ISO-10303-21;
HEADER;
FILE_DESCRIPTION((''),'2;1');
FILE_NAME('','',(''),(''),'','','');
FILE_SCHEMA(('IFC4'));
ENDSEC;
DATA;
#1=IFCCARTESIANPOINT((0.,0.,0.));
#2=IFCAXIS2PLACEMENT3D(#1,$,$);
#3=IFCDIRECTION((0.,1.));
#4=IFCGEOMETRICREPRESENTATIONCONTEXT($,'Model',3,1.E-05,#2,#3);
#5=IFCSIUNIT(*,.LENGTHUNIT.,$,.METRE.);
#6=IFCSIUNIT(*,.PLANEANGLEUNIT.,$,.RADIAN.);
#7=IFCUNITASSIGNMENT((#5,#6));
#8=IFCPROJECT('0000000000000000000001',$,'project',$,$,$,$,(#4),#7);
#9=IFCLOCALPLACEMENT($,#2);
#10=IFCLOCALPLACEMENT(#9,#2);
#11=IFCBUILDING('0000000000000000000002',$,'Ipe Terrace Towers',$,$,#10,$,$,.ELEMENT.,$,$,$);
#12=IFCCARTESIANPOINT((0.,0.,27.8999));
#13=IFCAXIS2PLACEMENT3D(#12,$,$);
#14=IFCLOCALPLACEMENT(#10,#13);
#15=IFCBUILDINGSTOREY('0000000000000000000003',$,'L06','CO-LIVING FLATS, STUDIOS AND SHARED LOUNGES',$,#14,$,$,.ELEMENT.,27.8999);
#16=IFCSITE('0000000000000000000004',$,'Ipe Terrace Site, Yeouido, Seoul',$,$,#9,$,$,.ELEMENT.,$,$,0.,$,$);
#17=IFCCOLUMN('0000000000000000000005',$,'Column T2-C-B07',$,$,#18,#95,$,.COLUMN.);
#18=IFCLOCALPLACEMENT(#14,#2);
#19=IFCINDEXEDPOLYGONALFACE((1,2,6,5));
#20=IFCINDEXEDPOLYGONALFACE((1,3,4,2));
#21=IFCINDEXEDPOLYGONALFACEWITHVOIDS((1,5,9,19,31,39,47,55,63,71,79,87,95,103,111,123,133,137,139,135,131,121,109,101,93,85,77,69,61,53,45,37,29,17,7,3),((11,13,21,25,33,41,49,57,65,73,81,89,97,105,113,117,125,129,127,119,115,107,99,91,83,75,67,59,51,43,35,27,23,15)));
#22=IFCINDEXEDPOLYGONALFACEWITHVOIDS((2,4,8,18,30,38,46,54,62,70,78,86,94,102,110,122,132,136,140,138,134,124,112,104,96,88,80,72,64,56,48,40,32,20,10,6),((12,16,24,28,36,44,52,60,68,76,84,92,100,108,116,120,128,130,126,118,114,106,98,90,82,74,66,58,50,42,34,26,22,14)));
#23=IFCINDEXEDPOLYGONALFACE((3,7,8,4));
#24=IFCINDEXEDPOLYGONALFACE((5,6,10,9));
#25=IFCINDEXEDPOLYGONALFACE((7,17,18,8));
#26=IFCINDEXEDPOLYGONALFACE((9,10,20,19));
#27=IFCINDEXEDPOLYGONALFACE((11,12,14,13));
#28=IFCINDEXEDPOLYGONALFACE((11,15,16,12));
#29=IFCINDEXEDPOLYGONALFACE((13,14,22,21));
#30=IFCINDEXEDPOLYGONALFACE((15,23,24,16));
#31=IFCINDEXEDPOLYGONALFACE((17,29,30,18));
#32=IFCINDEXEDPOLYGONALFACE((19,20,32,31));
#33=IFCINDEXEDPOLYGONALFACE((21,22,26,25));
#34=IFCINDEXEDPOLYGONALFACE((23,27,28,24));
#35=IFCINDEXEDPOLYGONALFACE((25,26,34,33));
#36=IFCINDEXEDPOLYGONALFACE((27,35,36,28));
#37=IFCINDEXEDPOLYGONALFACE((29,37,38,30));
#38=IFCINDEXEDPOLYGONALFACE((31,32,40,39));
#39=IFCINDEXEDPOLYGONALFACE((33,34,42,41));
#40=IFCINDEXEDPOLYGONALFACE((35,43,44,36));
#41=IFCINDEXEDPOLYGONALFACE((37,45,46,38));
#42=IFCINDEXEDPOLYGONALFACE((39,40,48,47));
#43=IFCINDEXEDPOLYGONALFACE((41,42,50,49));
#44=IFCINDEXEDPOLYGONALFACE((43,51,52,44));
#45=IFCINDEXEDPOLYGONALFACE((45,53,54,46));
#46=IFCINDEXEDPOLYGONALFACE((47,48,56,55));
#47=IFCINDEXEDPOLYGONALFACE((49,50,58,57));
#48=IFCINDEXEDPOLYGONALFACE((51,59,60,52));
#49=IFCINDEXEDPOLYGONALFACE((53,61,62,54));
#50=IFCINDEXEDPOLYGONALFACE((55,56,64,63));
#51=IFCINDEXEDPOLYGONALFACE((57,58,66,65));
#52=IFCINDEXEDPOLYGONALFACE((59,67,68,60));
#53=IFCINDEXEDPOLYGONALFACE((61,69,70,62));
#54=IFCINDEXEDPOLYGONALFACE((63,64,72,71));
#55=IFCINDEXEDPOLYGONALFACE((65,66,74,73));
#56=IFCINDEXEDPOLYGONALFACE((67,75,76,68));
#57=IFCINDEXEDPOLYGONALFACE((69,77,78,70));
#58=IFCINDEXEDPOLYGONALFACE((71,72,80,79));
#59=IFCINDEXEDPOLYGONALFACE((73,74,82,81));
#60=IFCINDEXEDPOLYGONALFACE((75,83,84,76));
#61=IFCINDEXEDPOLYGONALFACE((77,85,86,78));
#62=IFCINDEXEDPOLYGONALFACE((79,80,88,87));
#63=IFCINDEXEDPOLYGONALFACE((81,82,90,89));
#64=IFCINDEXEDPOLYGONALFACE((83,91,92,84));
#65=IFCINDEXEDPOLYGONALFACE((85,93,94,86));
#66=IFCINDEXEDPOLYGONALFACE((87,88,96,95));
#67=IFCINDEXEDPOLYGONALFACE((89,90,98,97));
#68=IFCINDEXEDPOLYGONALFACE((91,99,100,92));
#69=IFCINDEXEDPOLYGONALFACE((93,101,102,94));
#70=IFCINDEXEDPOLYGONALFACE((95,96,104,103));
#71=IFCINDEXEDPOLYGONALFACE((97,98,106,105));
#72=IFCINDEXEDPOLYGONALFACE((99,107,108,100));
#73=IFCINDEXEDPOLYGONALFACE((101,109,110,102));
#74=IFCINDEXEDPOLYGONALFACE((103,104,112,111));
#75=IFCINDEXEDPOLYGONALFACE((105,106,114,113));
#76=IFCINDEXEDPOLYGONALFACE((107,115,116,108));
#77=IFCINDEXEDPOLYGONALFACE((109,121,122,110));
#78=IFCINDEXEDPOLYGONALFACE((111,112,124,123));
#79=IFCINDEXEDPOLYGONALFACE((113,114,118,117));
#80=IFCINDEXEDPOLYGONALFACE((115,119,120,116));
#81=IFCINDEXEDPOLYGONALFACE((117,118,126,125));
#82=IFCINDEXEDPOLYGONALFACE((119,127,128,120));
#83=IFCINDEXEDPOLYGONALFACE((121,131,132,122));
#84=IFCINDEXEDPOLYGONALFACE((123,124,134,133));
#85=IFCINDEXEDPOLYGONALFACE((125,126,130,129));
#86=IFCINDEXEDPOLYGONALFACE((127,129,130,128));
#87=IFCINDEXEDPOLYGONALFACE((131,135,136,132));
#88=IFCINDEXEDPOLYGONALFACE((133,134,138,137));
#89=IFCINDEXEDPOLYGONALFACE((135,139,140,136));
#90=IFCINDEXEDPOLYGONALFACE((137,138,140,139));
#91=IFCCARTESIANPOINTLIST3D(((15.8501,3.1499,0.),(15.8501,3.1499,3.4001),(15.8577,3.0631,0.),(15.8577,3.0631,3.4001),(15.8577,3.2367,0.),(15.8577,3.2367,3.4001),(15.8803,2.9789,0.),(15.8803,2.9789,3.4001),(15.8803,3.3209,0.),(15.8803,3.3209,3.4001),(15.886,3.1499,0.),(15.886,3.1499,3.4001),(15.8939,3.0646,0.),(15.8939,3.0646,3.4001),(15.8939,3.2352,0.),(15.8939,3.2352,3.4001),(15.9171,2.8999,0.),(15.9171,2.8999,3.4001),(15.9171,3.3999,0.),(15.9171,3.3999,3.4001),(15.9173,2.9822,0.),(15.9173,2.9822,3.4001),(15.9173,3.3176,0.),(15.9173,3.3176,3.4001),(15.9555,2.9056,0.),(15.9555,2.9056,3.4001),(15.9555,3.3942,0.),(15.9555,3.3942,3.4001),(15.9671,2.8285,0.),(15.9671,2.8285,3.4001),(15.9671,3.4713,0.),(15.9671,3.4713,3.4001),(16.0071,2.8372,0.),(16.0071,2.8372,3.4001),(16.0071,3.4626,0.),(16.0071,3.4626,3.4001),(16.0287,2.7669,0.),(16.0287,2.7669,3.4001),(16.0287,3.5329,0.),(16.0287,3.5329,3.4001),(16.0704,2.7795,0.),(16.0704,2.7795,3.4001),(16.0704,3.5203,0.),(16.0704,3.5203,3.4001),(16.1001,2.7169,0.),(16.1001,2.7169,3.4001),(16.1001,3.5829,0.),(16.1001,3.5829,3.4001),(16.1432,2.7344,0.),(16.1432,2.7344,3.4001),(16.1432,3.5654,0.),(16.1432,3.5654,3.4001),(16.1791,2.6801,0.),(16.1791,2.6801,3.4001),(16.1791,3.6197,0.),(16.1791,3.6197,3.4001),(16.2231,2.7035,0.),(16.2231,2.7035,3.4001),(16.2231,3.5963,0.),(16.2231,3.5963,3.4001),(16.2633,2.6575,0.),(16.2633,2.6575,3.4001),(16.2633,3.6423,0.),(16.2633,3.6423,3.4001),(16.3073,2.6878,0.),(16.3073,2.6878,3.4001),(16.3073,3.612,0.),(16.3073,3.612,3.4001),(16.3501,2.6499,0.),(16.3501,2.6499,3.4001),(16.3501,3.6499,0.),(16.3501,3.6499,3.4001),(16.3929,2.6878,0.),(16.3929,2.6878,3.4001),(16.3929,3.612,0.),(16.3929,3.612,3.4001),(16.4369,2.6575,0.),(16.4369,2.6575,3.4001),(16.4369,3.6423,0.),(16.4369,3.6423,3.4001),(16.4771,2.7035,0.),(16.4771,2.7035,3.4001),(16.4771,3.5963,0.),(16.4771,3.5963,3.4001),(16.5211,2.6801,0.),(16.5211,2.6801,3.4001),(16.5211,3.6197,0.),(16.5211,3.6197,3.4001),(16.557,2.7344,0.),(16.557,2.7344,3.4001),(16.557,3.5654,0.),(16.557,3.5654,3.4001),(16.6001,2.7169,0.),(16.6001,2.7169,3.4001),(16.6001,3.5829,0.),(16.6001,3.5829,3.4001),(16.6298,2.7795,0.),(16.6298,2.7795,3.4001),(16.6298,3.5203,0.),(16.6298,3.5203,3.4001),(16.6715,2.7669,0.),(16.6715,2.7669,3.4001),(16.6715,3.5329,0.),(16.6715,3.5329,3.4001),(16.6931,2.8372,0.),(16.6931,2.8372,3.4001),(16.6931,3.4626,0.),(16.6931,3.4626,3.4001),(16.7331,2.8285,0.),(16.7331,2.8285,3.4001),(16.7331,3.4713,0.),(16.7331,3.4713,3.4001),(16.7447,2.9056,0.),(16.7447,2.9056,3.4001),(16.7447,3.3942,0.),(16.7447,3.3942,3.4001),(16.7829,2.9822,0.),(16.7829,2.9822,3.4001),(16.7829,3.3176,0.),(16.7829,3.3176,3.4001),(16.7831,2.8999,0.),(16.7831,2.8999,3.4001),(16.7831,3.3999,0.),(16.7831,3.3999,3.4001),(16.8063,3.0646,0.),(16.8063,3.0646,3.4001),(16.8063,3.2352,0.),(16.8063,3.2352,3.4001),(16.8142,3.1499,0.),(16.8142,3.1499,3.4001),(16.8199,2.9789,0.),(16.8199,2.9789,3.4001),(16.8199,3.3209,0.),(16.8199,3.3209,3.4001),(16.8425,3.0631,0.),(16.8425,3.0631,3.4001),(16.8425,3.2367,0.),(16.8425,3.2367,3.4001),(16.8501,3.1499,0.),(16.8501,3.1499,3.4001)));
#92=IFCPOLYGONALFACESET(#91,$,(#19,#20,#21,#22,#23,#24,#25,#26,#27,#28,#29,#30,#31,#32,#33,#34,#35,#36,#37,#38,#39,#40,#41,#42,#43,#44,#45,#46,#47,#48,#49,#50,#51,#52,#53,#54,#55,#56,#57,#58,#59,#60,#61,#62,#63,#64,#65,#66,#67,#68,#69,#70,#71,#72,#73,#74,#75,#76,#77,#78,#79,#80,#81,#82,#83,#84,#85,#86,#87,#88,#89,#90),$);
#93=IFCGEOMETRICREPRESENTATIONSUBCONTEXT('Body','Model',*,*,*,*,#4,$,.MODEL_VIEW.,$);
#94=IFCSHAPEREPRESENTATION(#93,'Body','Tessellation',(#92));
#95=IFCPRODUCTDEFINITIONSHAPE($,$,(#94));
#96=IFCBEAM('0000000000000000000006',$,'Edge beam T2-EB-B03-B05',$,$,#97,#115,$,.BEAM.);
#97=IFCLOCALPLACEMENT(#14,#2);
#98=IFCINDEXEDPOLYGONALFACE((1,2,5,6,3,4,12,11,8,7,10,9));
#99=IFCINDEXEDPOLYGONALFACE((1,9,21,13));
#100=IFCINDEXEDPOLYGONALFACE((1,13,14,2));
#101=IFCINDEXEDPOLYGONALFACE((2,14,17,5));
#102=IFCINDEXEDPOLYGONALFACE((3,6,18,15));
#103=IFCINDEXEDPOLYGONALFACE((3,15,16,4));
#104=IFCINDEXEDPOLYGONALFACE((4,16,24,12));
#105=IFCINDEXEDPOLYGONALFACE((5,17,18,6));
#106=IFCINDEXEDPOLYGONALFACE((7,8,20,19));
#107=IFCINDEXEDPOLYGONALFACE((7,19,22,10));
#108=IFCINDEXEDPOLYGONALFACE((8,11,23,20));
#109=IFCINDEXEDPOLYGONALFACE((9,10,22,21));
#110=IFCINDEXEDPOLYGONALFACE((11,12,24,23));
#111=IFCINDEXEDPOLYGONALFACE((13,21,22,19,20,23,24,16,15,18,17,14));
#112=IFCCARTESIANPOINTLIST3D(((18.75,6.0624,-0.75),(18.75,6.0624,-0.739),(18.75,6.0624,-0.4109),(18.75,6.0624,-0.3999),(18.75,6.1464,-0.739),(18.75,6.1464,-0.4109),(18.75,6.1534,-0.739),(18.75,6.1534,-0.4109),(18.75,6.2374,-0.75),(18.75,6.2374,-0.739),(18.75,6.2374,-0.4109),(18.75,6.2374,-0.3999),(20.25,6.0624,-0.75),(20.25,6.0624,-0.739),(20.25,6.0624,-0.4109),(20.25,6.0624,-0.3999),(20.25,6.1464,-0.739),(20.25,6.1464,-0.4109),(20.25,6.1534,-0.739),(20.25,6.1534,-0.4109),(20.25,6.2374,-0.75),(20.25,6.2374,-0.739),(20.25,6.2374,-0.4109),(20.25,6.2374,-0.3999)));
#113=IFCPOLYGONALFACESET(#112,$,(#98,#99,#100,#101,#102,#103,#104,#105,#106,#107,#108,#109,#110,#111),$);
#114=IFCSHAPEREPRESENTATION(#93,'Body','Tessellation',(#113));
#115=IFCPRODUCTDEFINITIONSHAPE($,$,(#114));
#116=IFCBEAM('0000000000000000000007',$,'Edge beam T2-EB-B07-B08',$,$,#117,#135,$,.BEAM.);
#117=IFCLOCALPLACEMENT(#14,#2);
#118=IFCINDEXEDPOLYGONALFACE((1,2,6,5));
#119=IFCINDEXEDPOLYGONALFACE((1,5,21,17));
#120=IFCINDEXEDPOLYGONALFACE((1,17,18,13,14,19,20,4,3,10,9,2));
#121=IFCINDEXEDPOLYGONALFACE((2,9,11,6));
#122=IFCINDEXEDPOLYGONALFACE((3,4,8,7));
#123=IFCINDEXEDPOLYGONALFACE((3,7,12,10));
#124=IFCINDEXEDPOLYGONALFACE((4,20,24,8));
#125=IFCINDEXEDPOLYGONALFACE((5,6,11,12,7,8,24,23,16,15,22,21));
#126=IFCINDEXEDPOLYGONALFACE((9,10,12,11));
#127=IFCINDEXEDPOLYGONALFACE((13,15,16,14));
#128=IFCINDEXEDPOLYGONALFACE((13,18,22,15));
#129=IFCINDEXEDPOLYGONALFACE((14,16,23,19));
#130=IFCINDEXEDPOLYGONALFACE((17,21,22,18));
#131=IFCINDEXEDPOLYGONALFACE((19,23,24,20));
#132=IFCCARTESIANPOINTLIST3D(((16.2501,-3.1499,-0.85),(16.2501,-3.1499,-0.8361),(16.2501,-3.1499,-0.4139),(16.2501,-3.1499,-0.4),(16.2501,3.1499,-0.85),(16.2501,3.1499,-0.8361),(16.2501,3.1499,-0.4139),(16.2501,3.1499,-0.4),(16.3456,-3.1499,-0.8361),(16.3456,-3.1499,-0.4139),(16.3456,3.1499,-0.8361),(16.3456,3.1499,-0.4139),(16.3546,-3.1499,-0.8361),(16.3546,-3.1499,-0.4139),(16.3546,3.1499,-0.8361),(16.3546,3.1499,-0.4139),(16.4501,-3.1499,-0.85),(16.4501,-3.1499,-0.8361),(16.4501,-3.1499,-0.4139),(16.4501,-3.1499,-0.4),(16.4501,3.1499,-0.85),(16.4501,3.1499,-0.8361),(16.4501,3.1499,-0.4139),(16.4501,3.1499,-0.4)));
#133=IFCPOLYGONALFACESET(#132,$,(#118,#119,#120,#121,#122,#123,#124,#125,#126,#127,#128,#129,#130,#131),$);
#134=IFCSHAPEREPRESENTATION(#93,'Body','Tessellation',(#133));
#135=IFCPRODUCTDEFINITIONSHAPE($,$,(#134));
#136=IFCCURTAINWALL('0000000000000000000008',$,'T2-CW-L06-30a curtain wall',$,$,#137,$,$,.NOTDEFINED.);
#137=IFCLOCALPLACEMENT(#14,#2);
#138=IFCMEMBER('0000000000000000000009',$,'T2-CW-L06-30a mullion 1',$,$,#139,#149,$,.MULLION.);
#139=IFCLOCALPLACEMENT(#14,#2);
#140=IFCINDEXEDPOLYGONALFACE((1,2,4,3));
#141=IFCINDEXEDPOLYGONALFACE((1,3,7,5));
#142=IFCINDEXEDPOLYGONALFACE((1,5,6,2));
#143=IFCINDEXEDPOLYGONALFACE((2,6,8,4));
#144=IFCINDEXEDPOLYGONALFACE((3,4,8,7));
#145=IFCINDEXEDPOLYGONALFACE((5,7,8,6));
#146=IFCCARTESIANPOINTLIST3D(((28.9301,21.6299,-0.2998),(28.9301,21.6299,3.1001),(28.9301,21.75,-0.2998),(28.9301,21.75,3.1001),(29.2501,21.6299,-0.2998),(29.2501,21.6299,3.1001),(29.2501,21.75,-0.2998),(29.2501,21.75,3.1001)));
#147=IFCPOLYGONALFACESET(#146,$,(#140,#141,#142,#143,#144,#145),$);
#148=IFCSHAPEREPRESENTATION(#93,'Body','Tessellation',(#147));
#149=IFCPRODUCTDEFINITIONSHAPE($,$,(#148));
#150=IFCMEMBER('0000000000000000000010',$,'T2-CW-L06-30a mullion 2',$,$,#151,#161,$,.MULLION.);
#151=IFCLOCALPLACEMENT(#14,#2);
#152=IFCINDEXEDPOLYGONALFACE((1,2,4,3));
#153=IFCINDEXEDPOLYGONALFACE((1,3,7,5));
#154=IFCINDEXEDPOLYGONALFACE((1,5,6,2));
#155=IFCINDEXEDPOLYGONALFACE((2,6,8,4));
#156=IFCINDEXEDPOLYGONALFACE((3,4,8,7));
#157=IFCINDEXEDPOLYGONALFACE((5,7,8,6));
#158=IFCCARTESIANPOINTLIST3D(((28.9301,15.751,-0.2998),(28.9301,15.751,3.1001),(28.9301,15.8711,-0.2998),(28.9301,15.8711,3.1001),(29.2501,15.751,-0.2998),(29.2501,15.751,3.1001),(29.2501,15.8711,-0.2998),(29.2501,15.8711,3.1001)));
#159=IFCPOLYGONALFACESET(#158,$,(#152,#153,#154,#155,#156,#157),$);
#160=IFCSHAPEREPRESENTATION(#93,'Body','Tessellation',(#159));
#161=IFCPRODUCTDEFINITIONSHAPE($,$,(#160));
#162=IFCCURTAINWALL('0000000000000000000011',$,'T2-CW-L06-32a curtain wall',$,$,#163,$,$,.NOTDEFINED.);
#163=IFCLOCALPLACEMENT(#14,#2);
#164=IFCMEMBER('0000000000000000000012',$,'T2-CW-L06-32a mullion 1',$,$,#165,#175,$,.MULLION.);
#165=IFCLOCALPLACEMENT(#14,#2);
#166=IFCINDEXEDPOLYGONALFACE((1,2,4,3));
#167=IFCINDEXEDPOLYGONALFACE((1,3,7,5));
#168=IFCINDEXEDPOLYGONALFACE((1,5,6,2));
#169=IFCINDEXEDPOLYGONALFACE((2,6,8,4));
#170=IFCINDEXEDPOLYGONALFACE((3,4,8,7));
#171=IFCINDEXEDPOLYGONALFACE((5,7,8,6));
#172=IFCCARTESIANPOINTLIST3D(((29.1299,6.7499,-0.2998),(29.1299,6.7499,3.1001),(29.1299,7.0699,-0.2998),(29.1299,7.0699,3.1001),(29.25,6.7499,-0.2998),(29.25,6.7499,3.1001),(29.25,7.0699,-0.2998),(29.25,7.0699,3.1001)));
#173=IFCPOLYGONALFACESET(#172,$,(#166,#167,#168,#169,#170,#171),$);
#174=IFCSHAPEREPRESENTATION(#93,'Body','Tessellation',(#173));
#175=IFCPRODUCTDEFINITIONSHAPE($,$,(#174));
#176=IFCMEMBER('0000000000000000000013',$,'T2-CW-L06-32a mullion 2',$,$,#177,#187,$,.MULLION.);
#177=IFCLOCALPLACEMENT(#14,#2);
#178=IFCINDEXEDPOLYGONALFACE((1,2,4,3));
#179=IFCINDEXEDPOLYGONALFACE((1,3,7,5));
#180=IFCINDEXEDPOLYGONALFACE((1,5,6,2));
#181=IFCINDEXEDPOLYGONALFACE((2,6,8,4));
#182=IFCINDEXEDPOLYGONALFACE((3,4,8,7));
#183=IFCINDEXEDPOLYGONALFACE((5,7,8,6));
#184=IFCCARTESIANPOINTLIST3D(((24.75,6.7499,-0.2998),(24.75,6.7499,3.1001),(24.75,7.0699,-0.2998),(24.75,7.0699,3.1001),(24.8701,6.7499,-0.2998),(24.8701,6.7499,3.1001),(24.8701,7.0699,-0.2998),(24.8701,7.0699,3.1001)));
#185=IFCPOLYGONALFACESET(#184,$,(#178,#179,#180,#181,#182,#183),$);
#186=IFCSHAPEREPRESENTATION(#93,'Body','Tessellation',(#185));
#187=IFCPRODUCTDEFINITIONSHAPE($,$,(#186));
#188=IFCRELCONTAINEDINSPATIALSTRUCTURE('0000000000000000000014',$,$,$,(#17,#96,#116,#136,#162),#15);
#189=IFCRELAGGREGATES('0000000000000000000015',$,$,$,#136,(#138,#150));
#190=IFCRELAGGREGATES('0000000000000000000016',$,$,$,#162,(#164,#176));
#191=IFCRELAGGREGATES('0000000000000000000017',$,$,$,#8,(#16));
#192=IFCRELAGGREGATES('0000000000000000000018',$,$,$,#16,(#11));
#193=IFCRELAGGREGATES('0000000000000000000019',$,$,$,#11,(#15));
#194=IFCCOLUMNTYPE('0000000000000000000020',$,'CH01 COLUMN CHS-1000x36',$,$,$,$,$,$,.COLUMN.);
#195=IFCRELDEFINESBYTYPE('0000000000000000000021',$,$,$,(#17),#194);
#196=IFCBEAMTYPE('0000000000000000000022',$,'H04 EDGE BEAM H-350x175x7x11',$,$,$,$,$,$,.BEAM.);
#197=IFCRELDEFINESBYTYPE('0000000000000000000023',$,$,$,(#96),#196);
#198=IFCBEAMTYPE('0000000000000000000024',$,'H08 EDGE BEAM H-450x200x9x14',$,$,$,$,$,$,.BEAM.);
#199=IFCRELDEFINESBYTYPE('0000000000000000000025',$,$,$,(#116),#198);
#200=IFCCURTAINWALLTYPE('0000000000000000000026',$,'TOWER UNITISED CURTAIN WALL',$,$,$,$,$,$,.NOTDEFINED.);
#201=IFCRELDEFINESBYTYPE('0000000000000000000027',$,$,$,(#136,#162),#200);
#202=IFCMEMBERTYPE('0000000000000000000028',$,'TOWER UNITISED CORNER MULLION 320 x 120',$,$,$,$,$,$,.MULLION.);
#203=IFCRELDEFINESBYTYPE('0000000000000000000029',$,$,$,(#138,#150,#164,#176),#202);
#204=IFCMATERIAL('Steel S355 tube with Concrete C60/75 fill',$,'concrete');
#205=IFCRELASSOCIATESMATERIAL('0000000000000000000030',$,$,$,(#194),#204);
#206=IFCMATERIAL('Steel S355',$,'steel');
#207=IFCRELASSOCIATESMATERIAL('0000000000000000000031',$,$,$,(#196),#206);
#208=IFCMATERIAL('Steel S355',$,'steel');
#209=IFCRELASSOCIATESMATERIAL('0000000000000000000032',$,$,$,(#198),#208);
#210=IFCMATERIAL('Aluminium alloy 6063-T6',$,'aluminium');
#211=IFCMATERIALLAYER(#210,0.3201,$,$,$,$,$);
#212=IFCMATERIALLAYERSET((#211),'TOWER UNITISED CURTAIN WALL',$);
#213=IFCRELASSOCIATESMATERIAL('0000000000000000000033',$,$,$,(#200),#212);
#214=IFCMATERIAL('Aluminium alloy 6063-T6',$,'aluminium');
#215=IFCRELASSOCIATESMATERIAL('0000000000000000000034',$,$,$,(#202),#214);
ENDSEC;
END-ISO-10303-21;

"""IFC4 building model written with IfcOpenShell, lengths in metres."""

from ifc_helpers import new_model, si_unit, direction, frame, origin, origin_2d, place, context, subcontext, project, spatial, rectangle, hollow_circle, i_section, extrude, material, layer, layer_set, material_profile, profile_set, type_object, element, aggregate, save


model = new_model("IFC4")

# Units and contexts
model_context = context("Model", 3, precision=1e-05, world=origin(), true_north=direction((0.0, 1.0)))
body_context = subcontext(model_context, "Body", "Model", "MODEL_VIEW")
ifc_project = project(units=[si_unit("LENGTHUNIT", "METRE"), si_unit("PLANEANGLEUNIT", "RADIAN")], contexts=[model_context])

# Site, building, storey
site_placement = place(None, origin())
site = spatial("IfcSite", under=ifc_project, at=site_placement, Name="Ipe Terrace Site, Yeouido, Seoul", CompositionType="ELEMENT", RefElevation=0.0)
building_placement = place(site_placement, origin())
building = spatial("IfcBuilding", under=site, at=building_placement, Name="Ipe Terrace Towers", CompositionType="ELEMENT")
storey_placement = place(building_placement, frame((0.0, 0.0, 27.8999)))
storey = spatial("IfcBuildingStorey", under=building, at=storey_placement, Name="L06", Description="CO-LIVING FLATS, STUDIOS AND SHARED LOUNGES", CompositionType="ELEMENT", Elevation=27.8999)

# Column
ifc_material_1 = material(Name="Steel S355 tube with Concrete C60/75 fill", Category="concrete")
ifc_material_profile_1 = material_profile(ifc_material_1, hollow_circle(Radius=0.5, WallThickness=0.0359, at=origin_2d()), Name="CHS-1000x36")
ifc_profile_set_1 = profile_set([ifc_material_profile_1], Name="Steel S355 tube with Concrete C60/75 fill")
column_type = type_object("IfcColumnType", Name="CH01 COLUMN CHS-1000x36", PredefinedType="COLUMN", material=ifc_profile_set_1)
for number, where, z_axis, x_axis, name in (
    (1, (16.3501, 3.1499, 0.0), (0.0, 0.0, 1.0), (1.0, 0.0, 0.0), "Column T2-C-B07"),
):
    element("IfcColumn", number, at=place(storey_placement, frame(where, z_axis=z_axis, x_axis=x_axis)), inside=storey, type_object=column_type, Name=name, PredefinedType="COLUMN", context=body_context, shape_type="SweptSolid", body=[
        extrude(hollow_circle(Radius=0.5, WallThickness=0.0359, at=origin_2d()), origin(), (0.0, 0.0, 1.0), 3.4001),
    ])

# Beams
ifc_material_2 = material(Name="Steel S355", Category="steel")
ifc_material_profile_2 = material_profile(ifc_material_2, i_section(OverallWidth=0.175, OverallDepth=0.3501, WebThickness=0.0071, FlangeThickness=0.011, at=origin_2d()), Name="H-350x175x7x11")
ifc_profile_set_2 = profile_set([ifc_material_profile_2], Name="Steel S355")
beam_type_1 = type_object("IfcBeamType", Name="H04 EDGE BEAM H-350x175x7x11", PredefinedType="BEAM", material=ifc_profile_set_2)
beam_1_placement = place(storey_placement, frame((20.25, 6.1499, -0.575), z_axis=(-1.0, 0.0, 0.0), x_axis=(0.0, -1.0, 0.0)))
element("IfcBeam", 2, at=beam_1_placement, inside=storey, type_object=beam_type_1, Name="Edge beam T2-EB-B03-B05", PredefinedType="BEAM", context=body_context, shape_type="SweptSolid", body=[
    extrude(i_section(OverallWidth=0.175, OverallDepth=0.3501, WebThickness=0.0071, FlangeThickness=0.011, at=origin_2d()), origin(), (0.0, 0.0, 1.0), 1.5),
])
ifc_material_3 = material(Name="Steel S355", Category="steel")
ifc_material_profile_3 = material_profile(ifc_material_3, i_section(OverallWidth=0.2, OverallDepth=0.45, WebThickness=0.009, FlangeThickness=0.0139, at=origin_2d()), Name="H-450x200x9x14")
ifc_profile_set_3 = profile_set([ifc_material_profile_3], Name="Steel S355")
beam_type_2 = type_object("IfcBeamType", Name="H08 EDGE BEAM H-450x200x9x14", PredefinedType="BEAM", material=ifc_profile_set_3)
beam_2_placement = place(storey_placement, frame((16.3501, 3.1499, -0.625), z_axis=(0.0, -1.0, 0.0), x_axis=(1.0, 0.0, 0.0)))
element("IfcBeam", 3, at=beam_2_placement, inside=storey, type_object=beam_type_2, Name="Edge beam T2-EB-B07-B08", PredefinedType="BEAM", context=body_context, shape_type="SweptSolid", body=[
    extrude(i_section(OverallWidth=0.2, OverallDepth=0.45, WebThickness=0.009, FlangeThickness=0.0139, at=origin_2d()), origin(), (0.0, 0.0, 1.0), 6.2998),
])

# Curtain walls, members
ifc_material_4 = material(Name="Aluminium alloy 6063-T6", Category="aluminium")
ifc_layer_1 = layer(ifc_material_4, 0.3201)
ifc_layer_set_1 = layer_set([ifc_layer_1], Name="TOWER UNITISED CURTAIN WALL")
curtain_wall_type = type_object("IfcCurtainWallType", Name="TOWER UNITISED CURTAIN WALL", PredefinedType="NOTDEFINED", material=ifc_layer_set_1)
curtain_wall_1_placement = place(storey_placement, origin())
curtain_wall_1 = element("IfcCurtainWall", 4, at=curtain_wall_1_placement, inside=storey, type_object=curtain_wall_type, Name="T2-CW-L06-30a curtain wall", PredefinedType="NOTDEFINED")
ifc_material_5 = material(Name="Aluminium alloy 6063-T6", Category="aluminium")
ifc_material_profile_4 = material_profile(ifc_material_5, rectangle(XDim=0.3201, YDim=0.1201, at=origin_2d()), Name="TOWER UNITISED CORNER MULLION 320 x 120")
ifc_profile_set_4 = profile_set([ifc_material_profile_4], Name="Aluminium alloy 6063-T6")
member_type_1 = type_object("IfcMemberType", Name="TOWER UNITISED CORNER MULLION 320 x 120", PredefinedType="MULLION", material=ifc_profile_set_4)
member_1_placement = place(storey_placement, frame((29.0901, 21.6899, -0.2998), z_axis=(0.0, 0.0, 1.0), x_axis=(-1.0, 0.0, 0.0)))
member_1 = element("IfcMember", 5, at=member_1_placement, type_object=member_type_1, Name="T2-CW-L06-30a mullion 1", PredefinedType="MULLION", context=body_context, shape_type="SweptSolid", body=[
    extrude(rectangle(XDim=0.3201, YDim=0.1201, at=origin_2d()), origin(), (0.0, 0.0, 1.0), 3.3999),
])
member_2_placement = place(storey_placement, frame((29.0901, 15.811, -0.2998), z_axis=(0.0, 0.0, 1.0), x_axis=(-1.0, 0.0, 0.0)))
member_2 = element("IfcMember", 6, at=member_2_placement, type_object=member_type_1, Name="T2-CW-L06-30a mullion 2", PredefinedType="MULLION", context=body_context, shape_type="SweptSolid", body=[
    extrude(rectangle(XDim=0.3201, YDim=0.1201, at=origin_2d()), origin(), (0.0, 0.0, 1.0), 3.3999),
])
curtain_wall_2_placement = place(storey_placement, origin())
curtain_wall_2 = element("IfcCurtainWall", 7, at=curtain_wall_2_placement, inside=storey, type_object=curtain_wall_type, Name="T2-CW-L06-32a curtain wall", PredefinedType="NOTDEFINED")
member_3_placement = place(storey_placement, frame((29.1899, 6.9099, -0.2998), z_axis=(0.0, 0.0, 1.0), x_axis=(0.0, 1.0, 0.0)))
member_3 = element("IfcMember", 8, at=member_3_placement, type_object=member_type_1, Name="T2-CW-L06-32a mullion 1", PredefinedType="MULLION", context=body_context, shape_type="SweptSolid", body=[
    extrude(rectangle(XDim=0.3201, YDim=0.1201, at=origin_2d()), origin(), (0.0, 0.0, 1.0), 3.3999),
])
member_4_placement = place(storey_placement, frame((24.8101, 6.9099, -0.2998), z_axis=(0.0, 0.0, 1.0), x_axis=(0.0, 1.0, 0.0)))
member_4 = element("IfcMember", 9, at=member_4_placement, type_object=member_type_1, Name="T2-CW-L06-32a mullion 2", PredefinedType="MULLION", context=body_context, shape_type="SweptSolid", body=[
    extrude(rectangle(XDim=0.3201, YDim=0.1201, at=origin_2d()), origin(), (0.0, 0.0, 1.0), 3.3999),
])

aggregate(curtain_wall_1, [member_1, member_2])
aggregate(curtain_wall_2, [member_3, member_4])

save(model, "model.ifc")
